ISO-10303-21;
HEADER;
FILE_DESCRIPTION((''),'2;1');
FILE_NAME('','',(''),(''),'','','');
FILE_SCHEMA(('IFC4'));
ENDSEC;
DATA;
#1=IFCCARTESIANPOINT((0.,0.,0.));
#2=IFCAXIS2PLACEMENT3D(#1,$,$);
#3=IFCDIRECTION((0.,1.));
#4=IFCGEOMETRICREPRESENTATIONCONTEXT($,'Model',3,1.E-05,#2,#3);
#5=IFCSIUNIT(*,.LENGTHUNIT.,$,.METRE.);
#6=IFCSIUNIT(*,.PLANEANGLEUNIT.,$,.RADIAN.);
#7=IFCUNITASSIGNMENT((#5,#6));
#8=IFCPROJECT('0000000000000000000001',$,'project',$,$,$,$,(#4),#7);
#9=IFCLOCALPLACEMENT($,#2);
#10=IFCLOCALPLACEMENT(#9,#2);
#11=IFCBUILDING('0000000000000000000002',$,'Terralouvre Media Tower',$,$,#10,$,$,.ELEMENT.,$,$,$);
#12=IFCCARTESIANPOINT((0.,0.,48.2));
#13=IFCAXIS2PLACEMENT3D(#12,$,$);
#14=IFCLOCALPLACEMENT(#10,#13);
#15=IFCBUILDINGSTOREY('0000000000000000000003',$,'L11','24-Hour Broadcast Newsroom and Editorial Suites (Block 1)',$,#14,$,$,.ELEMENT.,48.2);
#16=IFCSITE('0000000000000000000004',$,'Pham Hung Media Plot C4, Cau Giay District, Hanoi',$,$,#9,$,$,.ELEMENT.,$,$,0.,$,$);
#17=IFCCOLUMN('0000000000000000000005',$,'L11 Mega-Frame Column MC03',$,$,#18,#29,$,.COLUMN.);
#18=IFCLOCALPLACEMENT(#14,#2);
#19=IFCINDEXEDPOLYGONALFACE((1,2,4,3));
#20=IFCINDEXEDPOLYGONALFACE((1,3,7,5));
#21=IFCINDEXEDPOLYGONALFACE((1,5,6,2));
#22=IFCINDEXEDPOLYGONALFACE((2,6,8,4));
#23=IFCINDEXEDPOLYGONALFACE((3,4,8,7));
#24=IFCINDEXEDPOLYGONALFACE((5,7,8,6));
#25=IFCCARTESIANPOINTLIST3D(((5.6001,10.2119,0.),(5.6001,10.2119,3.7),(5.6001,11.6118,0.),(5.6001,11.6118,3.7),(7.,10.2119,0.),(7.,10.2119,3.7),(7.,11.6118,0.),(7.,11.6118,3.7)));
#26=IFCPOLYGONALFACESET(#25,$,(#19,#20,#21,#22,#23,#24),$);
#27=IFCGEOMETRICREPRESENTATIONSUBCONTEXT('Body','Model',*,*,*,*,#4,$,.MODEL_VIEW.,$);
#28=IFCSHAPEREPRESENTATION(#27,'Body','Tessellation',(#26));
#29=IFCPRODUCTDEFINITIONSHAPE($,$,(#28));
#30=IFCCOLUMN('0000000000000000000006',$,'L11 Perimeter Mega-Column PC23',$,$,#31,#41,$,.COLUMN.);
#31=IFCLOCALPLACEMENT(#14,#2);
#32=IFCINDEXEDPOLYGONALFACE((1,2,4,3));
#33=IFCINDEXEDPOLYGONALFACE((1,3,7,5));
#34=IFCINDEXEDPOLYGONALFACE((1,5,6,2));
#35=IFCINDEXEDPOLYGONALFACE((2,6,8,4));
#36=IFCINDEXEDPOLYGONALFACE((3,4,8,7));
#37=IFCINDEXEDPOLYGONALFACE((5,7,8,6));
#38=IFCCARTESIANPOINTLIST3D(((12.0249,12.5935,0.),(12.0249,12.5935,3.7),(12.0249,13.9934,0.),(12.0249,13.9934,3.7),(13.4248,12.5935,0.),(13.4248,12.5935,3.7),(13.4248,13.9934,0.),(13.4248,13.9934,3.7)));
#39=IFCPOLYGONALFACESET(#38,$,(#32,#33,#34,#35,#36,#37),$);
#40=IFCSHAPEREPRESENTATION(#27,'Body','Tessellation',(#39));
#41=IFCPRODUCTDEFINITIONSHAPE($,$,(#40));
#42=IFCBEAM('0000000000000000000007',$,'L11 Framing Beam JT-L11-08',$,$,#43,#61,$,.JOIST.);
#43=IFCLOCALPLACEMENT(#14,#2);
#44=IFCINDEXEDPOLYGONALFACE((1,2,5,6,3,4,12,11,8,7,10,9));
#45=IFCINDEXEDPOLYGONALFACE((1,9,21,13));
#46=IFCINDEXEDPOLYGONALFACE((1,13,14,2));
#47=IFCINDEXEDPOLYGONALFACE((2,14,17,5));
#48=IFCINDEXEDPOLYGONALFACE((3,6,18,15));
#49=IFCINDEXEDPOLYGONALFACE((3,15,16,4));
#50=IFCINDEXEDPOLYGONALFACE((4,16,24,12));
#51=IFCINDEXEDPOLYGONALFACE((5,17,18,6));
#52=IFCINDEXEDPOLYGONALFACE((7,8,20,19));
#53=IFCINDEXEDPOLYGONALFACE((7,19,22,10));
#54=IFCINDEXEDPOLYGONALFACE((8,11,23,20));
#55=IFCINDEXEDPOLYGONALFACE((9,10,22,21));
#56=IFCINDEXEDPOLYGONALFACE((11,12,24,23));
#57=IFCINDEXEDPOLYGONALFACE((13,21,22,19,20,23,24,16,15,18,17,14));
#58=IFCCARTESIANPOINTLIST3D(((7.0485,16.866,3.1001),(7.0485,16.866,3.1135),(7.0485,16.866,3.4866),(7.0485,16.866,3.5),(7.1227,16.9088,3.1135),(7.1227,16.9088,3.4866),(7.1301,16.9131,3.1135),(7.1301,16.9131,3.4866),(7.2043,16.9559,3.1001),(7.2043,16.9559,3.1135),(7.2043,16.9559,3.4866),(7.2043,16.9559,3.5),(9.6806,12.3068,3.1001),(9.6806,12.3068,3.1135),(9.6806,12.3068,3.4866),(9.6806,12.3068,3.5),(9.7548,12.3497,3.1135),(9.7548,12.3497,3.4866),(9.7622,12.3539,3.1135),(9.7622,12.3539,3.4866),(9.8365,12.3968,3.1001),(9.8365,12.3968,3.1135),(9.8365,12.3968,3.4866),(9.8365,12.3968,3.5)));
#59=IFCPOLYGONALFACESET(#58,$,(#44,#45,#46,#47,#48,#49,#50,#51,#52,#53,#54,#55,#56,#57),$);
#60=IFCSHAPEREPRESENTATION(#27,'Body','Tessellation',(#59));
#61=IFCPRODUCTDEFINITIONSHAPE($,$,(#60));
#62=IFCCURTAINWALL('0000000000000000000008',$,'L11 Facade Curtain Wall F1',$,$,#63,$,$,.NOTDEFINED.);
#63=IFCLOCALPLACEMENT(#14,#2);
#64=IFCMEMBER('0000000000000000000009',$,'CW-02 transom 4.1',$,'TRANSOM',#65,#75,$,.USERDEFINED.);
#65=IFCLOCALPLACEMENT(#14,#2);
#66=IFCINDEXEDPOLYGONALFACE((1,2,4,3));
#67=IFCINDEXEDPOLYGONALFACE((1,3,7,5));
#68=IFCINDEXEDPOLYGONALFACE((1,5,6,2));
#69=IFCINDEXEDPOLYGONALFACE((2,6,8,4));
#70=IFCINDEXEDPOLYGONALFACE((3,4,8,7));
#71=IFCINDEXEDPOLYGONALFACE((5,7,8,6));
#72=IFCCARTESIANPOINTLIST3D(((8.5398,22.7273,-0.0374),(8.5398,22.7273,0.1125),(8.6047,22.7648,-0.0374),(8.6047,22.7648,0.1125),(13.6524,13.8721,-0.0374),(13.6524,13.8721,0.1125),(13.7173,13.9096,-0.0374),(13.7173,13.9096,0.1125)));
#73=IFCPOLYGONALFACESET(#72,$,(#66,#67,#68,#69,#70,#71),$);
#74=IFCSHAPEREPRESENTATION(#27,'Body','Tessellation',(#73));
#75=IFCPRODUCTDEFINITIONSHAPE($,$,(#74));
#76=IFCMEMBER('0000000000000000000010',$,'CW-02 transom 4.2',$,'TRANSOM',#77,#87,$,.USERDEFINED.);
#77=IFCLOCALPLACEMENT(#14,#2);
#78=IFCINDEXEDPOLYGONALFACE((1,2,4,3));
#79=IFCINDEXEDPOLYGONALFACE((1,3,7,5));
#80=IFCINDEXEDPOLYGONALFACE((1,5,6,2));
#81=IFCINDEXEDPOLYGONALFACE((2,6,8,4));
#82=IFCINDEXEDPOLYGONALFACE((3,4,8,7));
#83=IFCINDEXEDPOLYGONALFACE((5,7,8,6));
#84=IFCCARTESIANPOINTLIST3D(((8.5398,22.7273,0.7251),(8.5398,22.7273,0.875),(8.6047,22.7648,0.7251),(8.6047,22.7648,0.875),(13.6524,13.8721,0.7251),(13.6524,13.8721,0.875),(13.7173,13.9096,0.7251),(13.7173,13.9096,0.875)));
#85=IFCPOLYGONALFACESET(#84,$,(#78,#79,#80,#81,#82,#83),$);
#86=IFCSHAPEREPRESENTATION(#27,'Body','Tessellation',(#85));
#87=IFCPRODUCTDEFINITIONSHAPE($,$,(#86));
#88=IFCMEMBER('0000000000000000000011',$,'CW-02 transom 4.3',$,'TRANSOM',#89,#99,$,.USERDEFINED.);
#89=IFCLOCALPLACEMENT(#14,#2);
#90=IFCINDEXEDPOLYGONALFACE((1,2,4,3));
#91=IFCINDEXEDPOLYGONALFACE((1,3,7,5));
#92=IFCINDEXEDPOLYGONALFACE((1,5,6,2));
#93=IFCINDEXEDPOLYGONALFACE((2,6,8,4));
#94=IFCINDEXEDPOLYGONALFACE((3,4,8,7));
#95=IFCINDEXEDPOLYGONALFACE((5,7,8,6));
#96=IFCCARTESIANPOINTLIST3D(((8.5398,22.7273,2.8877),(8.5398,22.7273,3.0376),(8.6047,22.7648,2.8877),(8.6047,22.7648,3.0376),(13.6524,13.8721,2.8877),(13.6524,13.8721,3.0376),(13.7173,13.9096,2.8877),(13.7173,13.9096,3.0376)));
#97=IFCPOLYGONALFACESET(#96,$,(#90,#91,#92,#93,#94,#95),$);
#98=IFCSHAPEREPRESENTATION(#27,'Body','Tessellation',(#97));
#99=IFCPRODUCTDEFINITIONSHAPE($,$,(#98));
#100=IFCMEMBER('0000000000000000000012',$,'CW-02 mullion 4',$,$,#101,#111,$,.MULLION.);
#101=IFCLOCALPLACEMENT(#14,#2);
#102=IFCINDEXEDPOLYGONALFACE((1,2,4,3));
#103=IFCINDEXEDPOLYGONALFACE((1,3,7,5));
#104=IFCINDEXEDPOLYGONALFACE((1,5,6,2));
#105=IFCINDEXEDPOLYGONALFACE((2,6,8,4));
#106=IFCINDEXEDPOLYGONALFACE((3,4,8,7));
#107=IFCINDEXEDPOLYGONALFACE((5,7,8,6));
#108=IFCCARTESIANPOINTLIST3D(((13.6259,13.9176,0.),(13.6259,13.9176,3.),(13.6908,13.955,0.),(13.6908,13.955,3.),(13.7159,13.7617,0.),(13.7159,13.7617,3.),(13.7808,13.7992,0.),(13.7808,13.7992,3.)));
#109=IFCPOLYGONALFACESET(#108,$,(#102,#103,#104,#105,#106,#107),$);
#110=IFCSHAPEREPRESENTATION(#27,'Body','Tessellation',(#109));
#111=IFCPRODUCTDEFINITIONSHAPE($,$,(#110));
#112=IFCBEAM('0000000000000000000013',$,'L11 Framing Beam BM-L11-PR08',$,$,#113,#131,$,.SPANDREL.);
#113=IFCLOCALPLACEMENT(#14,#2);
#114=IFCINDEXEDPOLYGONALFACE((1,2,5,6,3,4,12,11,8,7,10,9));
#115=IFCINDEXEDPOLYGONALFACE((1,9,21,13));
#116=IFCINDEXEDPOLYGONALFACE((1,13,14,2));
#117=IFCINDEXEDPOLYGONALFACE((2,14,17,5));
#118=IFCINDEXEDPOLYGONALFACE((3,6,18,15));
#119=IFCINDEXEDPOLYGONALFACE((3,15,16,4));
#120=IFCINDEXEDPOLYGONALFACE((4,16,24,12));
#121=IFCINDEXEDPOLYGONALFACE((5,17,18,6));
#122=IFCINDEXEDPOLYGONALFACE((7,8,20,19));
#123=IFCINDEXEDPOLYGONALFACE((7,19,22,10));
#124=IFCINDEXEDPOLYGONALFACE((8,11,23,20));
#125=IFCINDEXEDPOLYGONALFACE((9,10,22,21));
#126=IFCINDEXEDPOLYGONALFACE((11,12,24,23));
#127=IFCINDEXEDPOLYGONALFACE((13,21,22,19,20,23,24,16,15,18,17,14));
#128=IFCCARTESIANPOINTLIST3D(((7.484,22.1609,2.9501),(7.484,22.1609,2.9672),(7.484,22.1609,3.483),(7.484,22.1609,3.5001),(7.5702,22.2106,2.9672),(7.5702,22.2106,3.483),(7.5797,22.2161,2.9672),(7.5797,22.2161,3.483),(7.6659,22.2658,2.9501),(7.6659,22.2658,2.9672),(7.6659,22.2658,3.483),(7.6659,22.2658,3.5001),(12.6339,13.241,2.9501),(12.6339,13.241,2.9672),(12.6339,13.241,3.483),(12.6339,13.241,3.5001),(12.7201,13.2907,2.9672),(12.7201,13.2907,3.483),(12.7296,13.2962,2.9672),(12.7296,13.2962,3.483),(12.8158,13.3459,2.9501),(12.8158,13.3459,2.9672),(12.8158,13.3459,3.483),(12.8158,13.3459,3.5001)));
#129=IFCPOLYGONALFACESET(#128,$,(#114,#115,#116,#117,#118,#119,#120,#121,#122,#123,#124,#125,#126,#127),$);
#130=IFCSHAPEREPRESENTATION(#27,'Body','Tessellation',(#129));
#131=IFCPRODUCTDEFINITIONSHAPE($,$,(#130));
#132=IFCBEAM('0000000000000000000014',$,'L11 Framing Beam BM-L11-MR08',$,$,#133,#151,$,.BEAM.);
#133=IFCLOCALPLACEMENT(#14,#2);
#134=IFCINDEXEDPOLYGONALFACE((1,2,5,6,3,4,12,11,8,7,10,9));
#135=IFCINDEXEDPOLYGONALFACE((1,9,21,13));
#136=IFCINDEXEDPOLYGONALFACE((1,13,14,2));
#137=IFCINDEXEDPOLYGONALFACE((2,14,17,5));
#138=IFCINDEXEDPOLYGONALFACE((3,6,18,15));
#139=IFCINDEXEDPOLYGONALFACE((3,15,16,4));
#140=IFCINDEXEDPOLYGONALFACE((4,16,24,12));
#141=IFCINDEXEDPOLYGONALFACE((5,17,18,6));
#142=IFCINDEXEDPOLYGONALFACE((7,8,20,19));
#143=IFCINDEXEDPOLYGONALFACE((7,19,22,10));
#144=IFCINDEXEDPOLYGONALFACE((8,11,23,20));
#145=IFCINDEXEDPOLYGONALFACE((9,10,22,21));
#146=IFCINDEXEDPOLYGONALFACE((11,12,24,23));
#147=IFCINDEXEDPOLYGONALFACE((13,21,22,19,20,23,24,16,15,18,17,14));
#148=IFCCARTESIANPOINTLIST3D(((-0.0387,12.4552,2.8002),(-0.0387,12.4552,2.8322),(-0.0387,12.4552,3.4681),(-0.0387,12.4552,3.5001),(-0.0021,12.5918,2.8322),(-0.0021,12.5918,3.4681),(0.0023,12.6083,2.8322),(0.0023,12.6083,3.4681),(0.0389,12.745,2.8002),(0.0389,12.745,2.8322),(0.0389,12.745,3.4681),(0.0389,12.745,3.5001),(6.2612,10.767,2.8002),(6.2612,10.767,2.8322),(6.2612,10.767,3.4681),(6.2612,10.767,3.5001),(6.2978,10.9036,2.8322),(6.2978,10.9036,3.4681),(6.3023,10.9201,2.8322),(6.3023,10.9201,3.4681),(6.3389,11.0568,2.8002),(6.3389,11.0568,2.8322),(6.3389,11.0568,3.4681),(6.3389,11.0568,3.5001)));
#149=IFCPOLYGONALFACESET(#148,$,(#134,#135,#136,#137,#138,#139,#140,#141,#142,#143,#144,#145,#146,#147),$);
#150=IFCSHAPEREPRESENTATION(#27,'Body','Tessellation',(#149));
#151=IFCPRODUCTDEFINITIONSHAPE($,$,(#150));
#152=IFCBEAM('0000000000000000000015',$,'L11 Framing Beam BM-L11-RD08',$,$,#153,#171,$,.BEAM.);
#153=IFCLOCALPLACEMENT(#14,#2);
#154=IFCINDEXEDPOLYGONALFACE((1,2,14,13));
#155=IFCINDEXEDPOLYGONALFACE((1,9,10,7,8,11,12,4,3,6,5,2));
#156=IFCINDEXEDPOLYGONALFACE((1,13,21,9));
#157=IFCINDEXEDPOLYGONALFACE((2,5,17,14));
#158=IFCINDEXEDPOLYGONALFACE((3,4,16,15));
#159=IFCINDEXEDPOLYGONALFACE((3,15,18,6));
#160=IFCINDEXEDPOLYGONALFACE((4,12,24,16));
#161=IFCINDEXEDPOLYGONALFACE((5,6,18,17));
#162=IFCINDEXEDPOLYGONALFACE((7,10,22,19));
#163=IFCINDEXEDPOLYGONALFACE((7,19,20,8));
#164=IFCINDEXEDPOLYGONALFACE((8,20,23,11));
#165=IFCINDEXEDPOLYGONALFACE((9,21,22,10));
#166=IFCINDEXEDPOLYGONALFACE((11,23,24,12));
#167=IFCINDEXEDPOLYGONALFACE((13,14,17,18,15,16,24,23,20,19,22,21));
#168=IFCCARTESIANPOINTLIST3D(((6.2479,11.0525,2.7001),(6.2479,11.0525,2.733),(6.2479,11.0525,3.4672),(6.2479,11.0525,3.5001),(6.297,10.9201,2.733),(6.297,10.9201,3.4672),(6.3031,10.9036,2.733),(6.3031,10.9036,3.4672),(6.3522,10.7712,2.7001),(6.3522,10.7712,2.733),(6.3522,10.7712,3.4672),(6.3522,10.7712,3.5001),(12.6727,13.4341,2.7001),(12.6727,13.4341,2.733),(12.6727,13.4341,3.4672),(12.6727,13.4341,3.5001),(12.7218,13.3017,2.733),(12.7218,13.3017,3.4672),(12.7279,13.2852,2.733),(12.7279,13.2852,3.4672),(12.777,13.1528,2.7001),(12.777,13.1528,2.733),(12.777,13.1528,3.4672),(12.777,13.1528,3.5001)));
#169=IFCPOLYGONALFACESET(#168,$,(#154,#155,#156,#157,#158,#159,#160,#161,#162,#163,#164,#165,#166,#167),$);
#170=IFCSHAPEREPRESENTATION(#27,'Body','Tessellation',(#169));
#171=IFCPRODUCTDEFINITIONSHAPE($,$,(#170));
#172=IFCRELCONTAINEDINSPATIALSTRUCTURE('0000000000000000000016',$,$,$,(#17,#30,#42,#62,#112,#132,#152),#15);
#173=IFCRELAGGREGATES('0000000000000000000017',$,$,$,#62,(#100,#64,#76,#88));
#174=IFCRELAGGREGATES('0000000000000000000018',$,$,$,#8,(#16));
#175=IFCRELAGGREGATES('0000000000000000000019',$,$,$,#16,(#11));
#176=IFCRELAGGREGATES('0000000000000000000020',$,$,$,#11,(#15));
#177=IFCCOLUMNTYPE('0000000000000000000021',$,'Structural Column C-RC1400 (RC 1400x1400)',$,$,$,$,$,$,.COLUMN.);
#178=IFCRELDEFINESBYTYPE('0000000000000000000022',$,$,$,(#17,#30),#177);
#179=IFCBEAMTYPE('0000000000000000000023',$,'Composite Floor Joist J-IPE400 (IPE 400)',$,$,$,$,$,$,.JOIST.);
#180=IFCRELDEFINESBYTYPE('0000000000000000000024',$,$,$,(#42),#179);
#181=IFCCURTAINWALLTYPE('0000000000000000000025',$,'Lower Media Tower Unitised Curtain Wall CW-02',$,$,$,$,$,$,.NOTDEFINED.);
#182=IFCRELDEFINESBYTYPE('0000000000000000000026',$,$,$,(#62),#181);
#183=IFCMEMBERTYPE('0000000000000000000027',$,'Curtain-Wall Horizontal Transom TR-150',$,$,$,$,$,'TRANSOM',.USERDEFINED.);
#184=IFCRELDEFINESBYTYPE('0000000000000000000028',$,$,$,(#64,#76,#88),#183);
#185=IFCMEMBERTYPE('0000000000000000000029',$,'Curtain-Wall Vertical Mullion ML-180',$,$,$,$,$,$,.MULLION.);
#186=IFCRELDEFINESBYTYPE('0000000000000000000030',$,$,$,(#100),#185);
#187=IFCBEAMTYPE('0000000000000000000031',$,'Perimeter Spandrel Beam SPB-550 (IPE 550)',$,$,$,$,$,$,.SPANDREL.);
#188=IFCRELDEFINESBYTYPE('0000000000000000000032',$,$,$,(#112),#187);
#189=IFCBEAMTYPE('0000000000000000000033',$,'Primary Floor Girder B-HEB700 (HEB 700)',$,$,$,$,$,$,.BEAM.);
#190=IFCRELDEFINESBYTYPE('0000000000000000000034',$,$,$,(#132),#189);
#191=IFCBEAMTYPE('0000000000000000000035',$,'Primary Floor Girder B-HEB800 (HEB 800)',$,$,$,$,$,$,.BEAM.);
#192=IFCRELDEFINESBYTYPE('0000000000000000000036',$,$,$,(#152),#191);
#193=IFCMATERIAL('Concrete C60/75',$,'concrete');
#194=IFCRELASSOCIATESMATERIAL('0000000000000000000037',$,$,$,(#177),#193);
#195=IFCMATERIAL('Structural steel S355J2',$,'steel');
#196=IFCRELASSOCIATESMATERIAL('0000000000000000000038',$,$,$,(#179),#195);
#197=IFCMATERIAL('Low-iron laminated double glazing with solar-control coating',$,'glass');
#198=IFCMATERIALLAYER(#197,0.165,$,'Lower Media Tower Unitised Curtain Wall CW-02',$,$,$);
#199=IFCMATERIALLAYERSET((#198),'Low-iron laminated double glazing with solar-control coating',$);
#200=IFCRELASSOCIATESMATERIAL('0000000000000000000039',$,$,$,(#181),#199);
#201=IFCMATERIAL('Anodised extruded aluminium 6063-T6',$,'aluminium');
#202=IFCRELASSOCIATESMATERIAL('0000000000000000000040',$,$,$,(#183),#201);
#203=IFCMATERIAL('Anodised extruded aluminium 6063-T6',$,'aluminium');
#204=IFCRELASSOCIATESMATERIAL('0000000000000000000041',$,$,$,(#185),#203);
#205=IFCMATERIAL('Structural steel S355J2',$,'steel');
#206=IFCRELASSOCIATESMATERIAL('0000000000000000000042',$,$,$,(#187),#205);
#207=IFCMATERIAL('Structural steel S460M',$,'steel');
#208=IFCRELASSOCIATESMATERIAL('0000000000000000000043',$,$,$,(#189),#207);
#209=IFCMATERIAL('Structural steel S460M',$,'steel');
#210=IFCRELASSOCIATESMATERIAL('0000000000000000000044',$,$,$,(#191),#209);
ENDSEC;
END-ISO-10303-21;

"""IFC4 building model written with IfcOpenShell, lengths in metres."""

from ifc_helpers import new_model, si_unit, direction, frame, origin, origin_2d, place, context, subcontext, project, spatial, rectangle, i_section, extrude, material, layer, layer_set, material_profile, profile_set, type_object, element, aggregate, save


model = new_model("IFC4")

# Units and contexts
model_context = context("Model", 3, precision=1e-05, world=origin(), true_north=direction((0.0, 1.0)))
body_context = subcontext(model_context, "Body", "Model", "MODEL_VIEW")
ifc_project = project(units=[si_unit("LENGTHUNIT", "METRE"), si_unit("PLANEANGLEUNIT", "RADIAN")], contexts=[model_context])

# Site, building, storey
site_placement = place(None, origin())
site = spatial("IfcSite", under=ifc_project, at=site_placement, Name="Pham Hung Media Plot C4, Cau Giay District, Hanoi", CompositionType="ELEMENT", RefElevation=0.0)
building_placement = place(site_placement, origin())
building = spatial("IfcBuilding", under=site, at=building_placement, Name="Terralouvre Media Tower", CompositionType="ELEMENT")
storey_placement = place(building_placement, frame((0.0, 0.0, 48.2)))
storey = spatial("IfcBuildingStorey", under=building, at=storey_placement, Name="L11", Description="24-Hour Broadcast Newsroom and Editorial Suites (Block 1)", CompositionType="ELEMENT", Elevation=48.2)

# Columns
ifc_material_1 = material(Name="Concrete C60/75", Category="concrete")
ifc_material_profile_1 = material_profile(ifc_material_1, rectangle(XDim=1.3999, YDim=1.3999, at=origin_2d()), Name="RC 1400x1400")
ifc_profile_set_1 = profile_set([ifc_material_profile_1], Name="Concrete C60/75")
column_type = type_object("IfcColumnType", Name="Structural Column C-RC1400 (RC 1400x1400)", PredefinedType="COLUMN", material=ifc_profile_set_1)
for number, where, z_axis, x_axis, name in (
    (1, (6.3, 10.9119, 0.0), (0.0, 0.0, 1.0), (1.0, 0.0, 0.0), "L11 Mega-Frame Column MC03"),
    (2, (12.7249, 13.2935, 0.0), (0.0, 0.0, 1.0), (1.0, 0.0, 0.0), "L11 Perimeter Mega-Column PC23"),
):
    element("IfcColumn", number, at=place(storey_placement, frame(where, z_axis=z_axis, x_axis=x_axis)), inside=storey, type_object=column_type, Name=name, PredefinedType="COLUMN", context=body_context, shape_type="SweptSolid", body=[
        extrude(rectangle(XDim=1.3999, YDim=1.3999, at=origin_2d()), origin(), (0.0, 0.0, 1.0), 3.7),
    ])

# Beam
ifc_material_2 = material(Name="Structural steel S355J2", Category="steel")
ifc_material_profile_2 = material_profile(ifc_material_2, i_section(OverallWidth=0.1799, OverallDepth=0.3999, WebThickness=0.0085, FlangeThickness=0.0134, at=origin_2d()), Name="IPE 400")
ifc_profile_set_2 = profile_set([ifc_material_profile_2], Name="Structural steel S355J2")
beam_type_1 = type_object("IfcBeamType", Name="Composite Floor Joist J-IPE400 (IPE 400)", PredefinedType="JOIST", material=ifc_profile_set_2)
beam_1_placement = place(storey_placement, frame((9.7585, 12.3518, 3.3), z_axis=(-0.499985, 0.866034, 0.0), x_axis=(-0.866034, -0.499985, 0.0)))
element("IfcBeam", 3, at=beam_1_placement, inside=storey, type_object=beam_type_1, Name="L11 Framing Beam JT-L11-08", PredefinedType="JOIST", context=body_context, shape_type="SweptSolid", body=[
    extrude(i_section(OverallWidth=0.1799, OverallDepth=0.3999, WebThickness=0.0085, FlangeThickness=0.0134, at=origin_2d()), origin(), (0.0, 0.0, 1.0), 5.2644),
])

# Curtain wall, members
ifc_material_3 = material(Name="Low-iron laminated double glazing with solar-control coating", Category="glass")
ifc_layer_1 = layer(ifc_material_3, 0.165, Name="Lower Media Tower Unitised Curtain Wall CW-02")
ifc_layer_set_1 = layer_set([ifc_layer_1], Name="Low-iron laminated double glazing with solar-control coating")
curtain_wall_type = type_object("IfcCurtainWallType", Name="Lower Media Tower Unitised Curtain Wall CW-02", PredefinedType="NOTDEFINED", material=ifc_layer_set_1)
curtain_wall_placement = place(storey_placement, origin())
curtain_wall = element("IfcCurtainWall", 4, at=curtain_wall_placement, inside=storey, type_object=curtain_wall_type, Name="L11 Facade Curtain Wall F1", PredefinedType="NOTDEFINED")
ifc_material_4 = material(Name="Anodised extruded aluminium 6063-T6", Category="aluminium")
ifc_material_profile_3 = material_profile(ifc_material_4, rectangle(XDim=0.075, YDim=0.1499, at=origin_2d()), Name="ALU 75x150")
ifc_profile_set_3 = profile_set([ifc_material_profile_3], Name="Anodised extruded aluminium 6063-T6")
member_type_1 = type_object("IfcMemberType", Name="Curtain-Wall Horizontal Transom TR-150", ElementType="TRANSOM", PredefinedType="USERDEFINED", material=ifc_profile_set_3)
member_1_placement = place(storey_placement, frame((13.6848, 13.8909, 0.0376), z_axis=(-0.499999, 0.866026, 0.0), x_axis=(-0.866026, -0.499999, 0.0)))
member_1 = element("IfcMember", 5, at=member_1_placement, type_object=member_type_1, Name="CW-02 transom 4.1", ObjectType="TRANSOM", PredefinedType="USERDEFINED", context=body_context, shape_type="SweptSolid", body=[
    extrude(rectangle(XDim=0.075, YDim=0.1499, at=origin_2d()), origin(), (0.0, 0.0, 1.0), 10.2251),
])
member_2_placement = place(storey_placement, frame((13.6848, 13.8909, 0.8), z_axis=(-0.499999, 0.866026, 0.0), x_axis=(-0.866026, -0.499999, 0.0)))
member_2 = element("IfcMember", 6, at=member_2_placement, type_object=member_type_1, Name="CW-02 transom 4.2", ObjectType="TRANSOM", PredefinedType="USERDEFINED", context=body_context, shape_type="SweptSolid", body=[
    extrude(rectangle(XDim=0.075, YDim=0.1499, at=origin_2d()), origin(), (0.0, 0.0, 1.0), 10.2251),
])
member_3_placement = place(storey_placement, frame((13.6848, 13.8909, 2.9626), z_axis=(-0.499999, 0.866026, 0.0), x_axis=(-0.866026, -0.499999, 0.0)))
member_3 = element("IfcMember", 7, at=member_3_placement, type_object=member_type_1, Name="CW-02 transom 4.3", ObjectType="TRANSOM", PredefinedType="USERDEFINED", context=body_context, shape_type="SweptSolid", body=[
    extrude(rectangle(XDim=0.075, YDim=0.1499, at=origin_2d()), origin(), (0.0, 0.0, 1.0), 10.2251),
])
ifc_material_5 = material(Name="Anodised extruded aluminium 6063-T6", Category="aluminium")
ifc_material_profile_4 = material_profile(ifc_material_5, rectangle(XDim=0.075, YDim=0.1799, at=origin_2d()), Name="ALU 75x180")
ifc_profile_set_4 = profile_set([ifc_material_profile_4], Name="Anodised extruded aluminium 6063-T6")
member_type_2 = type_object("IfcMemberType", Name="Curtain-Wall Vertical Mullion ML-180", PredefinedType="MULLION", material=ifc_profile_set_4)
member_4_placement = place(storey_placement, frame((13.7034, 13.8584, 0.0), z_axis=(0.0, 0.0, 1.0), x_axis=(-0.866025, -0.5, 0.0)))
member_4 = element("IfcMember", 8, at=member_4_placement, type_object=member_type_2, Name="CW-02 mullion 4", PredefinedType="MULLION", context=body_context, shape_type="SweptSolid", body=[
    extrude(rectangle(XDim=0.075, YDim=0.1799, at=origin_2d()), origin(), (0.0, 0.0, 1.0), 3.0),
])

# Beams
ifc_material_6 = material(Name="Structural steel S355J2", Category="steel")
ifc_material_profile_5 = material_profile(ifc_material_6, i_section(OverallWidth=0.21, OverallDepth=0.55, WebThickness=0.011, FlangeThickness=0.0171, at=origin_2d()), Name="IPE 550")
ifc_profile_set_5 = profile_set([ifc_material_profile_5], Name="Structural steel S355J2")
beam_type_2 = type_object("IfcBeamType", Name="Perimeter Spandrel Beam SPB-550 (IPE 550)", PredefinedType="SPANDREL", material=ifc_profile_set_5)
beam_2_placement = place(storey_placement, frame((12.7249, 13.2935, 3.2251), z_axis=(-0.499999, 0.866026, 0.0), x_axis=(-0.866026, -0.499999, 0.0)))
element("IfcBeam", 9, at=beam_2_placement, inside=storey, type_object=beam_type_2, Name="L11 Framing Beam BM-L11-PR08", PredefinedType="SPANDREL", context=body_context, shape_type="SweptSolid", body=[
    extrude(i_section(OverallWidth=0.21, OverallDepth=0.55, WebThickness=0.011, FlangeThickness=0.0171, at=origin_2d()), origin(), (0.0, 0.0, 1.0), 10.2998),
])
ifc_material_7 = material(Name="Structural steel S460M", Category="steel")
ifc_material_profile_6 = material_profile(ifc_material_7, i_section(OverallWidth=0.3, OverallDepth=0.7, WebThickness=0.0171, FlangeThickness=0.032, at=origin_2d()), Name="HEB 700")
ifc_profile_set_6 = profile_set([ifc_material_profile_6], Name="Structural steel S460M")
beam_type_3 = type_object("IfcBeamType", Name="Primary Floor Girder B-HEB700 (HEB 700)", PredefinedType="BEAM", material=ifc_profile_set_6)
beam_3_placement = place(storey_placement, frame((6.3, 10.9119, 3.1501), z_axis=(-0.96592, 0.258839, 0.0), x_axis=(-0.258839, -0.96592, 0.0)))
element("IfcBeam", 10, at=beam_3_placement, inside=storey, type_object=beam_type_3, Name="L11 Framing Beam BM-L11-MR08", PredefinedType="BEAM", context=body_context, shape_type="SweptSolid", body=[
    extrude(i_section(OverallWidth=0.3, OverallDepth=0.7, WebThickness=0.0171, FlangeThickness=0.032, at=origin_2d()), origin(), (0.0, 0.0, 1.0), 6.5222),
])
ifc_material_8 = material(Name="Structural steel S460M", Category="steel")
ifc_material_profile_7 = material_profile(ifc_material_8, i_section(OverallWidth=0.3, OverallDepth=0.8, WebThickness=0.0176, FlangeThickness=0.033, at=origin_2d()), Name="HEB 800")
ifc_profile_set_7 = profile_set([ifc_material_profile_7], Name="Structural steel S460M")
beam_type_4 = type_object("IfcBeamType", Name="Primary Floor Girder B-HEB800 (HEB 800)", PredefinedType="BEAM", material=ifc_profile_set_7)
beam_4_placement = place(storey_placement, frame((6.3, 10.9119, 3.1001), z_axis=(0.937652, 0.347575, 0.0), x_axis=(-0.347575, 0.937652, 0.0)))
element("IfcBeam", 11, at=beam_4_placement, inside=storey, type_object=beam_type_4, Name="L11 Framing Beam BM-L11-RD08", PredefinedType="BEAM", context=body_context, shape_type="SweptSolid", body=[
    extrude(i_section(OverallWidth=0.3, OverallDepth=0.8, WebThickness=0.0176, FlangeThickness=0.033, at=origin_2d()), origin(), (0.0, 0.0, 1.0), 6.8521),
])

aggregate(curtain_wall, [member_4, member_1, member_2, member_3])

save(model, "model.ifc")
